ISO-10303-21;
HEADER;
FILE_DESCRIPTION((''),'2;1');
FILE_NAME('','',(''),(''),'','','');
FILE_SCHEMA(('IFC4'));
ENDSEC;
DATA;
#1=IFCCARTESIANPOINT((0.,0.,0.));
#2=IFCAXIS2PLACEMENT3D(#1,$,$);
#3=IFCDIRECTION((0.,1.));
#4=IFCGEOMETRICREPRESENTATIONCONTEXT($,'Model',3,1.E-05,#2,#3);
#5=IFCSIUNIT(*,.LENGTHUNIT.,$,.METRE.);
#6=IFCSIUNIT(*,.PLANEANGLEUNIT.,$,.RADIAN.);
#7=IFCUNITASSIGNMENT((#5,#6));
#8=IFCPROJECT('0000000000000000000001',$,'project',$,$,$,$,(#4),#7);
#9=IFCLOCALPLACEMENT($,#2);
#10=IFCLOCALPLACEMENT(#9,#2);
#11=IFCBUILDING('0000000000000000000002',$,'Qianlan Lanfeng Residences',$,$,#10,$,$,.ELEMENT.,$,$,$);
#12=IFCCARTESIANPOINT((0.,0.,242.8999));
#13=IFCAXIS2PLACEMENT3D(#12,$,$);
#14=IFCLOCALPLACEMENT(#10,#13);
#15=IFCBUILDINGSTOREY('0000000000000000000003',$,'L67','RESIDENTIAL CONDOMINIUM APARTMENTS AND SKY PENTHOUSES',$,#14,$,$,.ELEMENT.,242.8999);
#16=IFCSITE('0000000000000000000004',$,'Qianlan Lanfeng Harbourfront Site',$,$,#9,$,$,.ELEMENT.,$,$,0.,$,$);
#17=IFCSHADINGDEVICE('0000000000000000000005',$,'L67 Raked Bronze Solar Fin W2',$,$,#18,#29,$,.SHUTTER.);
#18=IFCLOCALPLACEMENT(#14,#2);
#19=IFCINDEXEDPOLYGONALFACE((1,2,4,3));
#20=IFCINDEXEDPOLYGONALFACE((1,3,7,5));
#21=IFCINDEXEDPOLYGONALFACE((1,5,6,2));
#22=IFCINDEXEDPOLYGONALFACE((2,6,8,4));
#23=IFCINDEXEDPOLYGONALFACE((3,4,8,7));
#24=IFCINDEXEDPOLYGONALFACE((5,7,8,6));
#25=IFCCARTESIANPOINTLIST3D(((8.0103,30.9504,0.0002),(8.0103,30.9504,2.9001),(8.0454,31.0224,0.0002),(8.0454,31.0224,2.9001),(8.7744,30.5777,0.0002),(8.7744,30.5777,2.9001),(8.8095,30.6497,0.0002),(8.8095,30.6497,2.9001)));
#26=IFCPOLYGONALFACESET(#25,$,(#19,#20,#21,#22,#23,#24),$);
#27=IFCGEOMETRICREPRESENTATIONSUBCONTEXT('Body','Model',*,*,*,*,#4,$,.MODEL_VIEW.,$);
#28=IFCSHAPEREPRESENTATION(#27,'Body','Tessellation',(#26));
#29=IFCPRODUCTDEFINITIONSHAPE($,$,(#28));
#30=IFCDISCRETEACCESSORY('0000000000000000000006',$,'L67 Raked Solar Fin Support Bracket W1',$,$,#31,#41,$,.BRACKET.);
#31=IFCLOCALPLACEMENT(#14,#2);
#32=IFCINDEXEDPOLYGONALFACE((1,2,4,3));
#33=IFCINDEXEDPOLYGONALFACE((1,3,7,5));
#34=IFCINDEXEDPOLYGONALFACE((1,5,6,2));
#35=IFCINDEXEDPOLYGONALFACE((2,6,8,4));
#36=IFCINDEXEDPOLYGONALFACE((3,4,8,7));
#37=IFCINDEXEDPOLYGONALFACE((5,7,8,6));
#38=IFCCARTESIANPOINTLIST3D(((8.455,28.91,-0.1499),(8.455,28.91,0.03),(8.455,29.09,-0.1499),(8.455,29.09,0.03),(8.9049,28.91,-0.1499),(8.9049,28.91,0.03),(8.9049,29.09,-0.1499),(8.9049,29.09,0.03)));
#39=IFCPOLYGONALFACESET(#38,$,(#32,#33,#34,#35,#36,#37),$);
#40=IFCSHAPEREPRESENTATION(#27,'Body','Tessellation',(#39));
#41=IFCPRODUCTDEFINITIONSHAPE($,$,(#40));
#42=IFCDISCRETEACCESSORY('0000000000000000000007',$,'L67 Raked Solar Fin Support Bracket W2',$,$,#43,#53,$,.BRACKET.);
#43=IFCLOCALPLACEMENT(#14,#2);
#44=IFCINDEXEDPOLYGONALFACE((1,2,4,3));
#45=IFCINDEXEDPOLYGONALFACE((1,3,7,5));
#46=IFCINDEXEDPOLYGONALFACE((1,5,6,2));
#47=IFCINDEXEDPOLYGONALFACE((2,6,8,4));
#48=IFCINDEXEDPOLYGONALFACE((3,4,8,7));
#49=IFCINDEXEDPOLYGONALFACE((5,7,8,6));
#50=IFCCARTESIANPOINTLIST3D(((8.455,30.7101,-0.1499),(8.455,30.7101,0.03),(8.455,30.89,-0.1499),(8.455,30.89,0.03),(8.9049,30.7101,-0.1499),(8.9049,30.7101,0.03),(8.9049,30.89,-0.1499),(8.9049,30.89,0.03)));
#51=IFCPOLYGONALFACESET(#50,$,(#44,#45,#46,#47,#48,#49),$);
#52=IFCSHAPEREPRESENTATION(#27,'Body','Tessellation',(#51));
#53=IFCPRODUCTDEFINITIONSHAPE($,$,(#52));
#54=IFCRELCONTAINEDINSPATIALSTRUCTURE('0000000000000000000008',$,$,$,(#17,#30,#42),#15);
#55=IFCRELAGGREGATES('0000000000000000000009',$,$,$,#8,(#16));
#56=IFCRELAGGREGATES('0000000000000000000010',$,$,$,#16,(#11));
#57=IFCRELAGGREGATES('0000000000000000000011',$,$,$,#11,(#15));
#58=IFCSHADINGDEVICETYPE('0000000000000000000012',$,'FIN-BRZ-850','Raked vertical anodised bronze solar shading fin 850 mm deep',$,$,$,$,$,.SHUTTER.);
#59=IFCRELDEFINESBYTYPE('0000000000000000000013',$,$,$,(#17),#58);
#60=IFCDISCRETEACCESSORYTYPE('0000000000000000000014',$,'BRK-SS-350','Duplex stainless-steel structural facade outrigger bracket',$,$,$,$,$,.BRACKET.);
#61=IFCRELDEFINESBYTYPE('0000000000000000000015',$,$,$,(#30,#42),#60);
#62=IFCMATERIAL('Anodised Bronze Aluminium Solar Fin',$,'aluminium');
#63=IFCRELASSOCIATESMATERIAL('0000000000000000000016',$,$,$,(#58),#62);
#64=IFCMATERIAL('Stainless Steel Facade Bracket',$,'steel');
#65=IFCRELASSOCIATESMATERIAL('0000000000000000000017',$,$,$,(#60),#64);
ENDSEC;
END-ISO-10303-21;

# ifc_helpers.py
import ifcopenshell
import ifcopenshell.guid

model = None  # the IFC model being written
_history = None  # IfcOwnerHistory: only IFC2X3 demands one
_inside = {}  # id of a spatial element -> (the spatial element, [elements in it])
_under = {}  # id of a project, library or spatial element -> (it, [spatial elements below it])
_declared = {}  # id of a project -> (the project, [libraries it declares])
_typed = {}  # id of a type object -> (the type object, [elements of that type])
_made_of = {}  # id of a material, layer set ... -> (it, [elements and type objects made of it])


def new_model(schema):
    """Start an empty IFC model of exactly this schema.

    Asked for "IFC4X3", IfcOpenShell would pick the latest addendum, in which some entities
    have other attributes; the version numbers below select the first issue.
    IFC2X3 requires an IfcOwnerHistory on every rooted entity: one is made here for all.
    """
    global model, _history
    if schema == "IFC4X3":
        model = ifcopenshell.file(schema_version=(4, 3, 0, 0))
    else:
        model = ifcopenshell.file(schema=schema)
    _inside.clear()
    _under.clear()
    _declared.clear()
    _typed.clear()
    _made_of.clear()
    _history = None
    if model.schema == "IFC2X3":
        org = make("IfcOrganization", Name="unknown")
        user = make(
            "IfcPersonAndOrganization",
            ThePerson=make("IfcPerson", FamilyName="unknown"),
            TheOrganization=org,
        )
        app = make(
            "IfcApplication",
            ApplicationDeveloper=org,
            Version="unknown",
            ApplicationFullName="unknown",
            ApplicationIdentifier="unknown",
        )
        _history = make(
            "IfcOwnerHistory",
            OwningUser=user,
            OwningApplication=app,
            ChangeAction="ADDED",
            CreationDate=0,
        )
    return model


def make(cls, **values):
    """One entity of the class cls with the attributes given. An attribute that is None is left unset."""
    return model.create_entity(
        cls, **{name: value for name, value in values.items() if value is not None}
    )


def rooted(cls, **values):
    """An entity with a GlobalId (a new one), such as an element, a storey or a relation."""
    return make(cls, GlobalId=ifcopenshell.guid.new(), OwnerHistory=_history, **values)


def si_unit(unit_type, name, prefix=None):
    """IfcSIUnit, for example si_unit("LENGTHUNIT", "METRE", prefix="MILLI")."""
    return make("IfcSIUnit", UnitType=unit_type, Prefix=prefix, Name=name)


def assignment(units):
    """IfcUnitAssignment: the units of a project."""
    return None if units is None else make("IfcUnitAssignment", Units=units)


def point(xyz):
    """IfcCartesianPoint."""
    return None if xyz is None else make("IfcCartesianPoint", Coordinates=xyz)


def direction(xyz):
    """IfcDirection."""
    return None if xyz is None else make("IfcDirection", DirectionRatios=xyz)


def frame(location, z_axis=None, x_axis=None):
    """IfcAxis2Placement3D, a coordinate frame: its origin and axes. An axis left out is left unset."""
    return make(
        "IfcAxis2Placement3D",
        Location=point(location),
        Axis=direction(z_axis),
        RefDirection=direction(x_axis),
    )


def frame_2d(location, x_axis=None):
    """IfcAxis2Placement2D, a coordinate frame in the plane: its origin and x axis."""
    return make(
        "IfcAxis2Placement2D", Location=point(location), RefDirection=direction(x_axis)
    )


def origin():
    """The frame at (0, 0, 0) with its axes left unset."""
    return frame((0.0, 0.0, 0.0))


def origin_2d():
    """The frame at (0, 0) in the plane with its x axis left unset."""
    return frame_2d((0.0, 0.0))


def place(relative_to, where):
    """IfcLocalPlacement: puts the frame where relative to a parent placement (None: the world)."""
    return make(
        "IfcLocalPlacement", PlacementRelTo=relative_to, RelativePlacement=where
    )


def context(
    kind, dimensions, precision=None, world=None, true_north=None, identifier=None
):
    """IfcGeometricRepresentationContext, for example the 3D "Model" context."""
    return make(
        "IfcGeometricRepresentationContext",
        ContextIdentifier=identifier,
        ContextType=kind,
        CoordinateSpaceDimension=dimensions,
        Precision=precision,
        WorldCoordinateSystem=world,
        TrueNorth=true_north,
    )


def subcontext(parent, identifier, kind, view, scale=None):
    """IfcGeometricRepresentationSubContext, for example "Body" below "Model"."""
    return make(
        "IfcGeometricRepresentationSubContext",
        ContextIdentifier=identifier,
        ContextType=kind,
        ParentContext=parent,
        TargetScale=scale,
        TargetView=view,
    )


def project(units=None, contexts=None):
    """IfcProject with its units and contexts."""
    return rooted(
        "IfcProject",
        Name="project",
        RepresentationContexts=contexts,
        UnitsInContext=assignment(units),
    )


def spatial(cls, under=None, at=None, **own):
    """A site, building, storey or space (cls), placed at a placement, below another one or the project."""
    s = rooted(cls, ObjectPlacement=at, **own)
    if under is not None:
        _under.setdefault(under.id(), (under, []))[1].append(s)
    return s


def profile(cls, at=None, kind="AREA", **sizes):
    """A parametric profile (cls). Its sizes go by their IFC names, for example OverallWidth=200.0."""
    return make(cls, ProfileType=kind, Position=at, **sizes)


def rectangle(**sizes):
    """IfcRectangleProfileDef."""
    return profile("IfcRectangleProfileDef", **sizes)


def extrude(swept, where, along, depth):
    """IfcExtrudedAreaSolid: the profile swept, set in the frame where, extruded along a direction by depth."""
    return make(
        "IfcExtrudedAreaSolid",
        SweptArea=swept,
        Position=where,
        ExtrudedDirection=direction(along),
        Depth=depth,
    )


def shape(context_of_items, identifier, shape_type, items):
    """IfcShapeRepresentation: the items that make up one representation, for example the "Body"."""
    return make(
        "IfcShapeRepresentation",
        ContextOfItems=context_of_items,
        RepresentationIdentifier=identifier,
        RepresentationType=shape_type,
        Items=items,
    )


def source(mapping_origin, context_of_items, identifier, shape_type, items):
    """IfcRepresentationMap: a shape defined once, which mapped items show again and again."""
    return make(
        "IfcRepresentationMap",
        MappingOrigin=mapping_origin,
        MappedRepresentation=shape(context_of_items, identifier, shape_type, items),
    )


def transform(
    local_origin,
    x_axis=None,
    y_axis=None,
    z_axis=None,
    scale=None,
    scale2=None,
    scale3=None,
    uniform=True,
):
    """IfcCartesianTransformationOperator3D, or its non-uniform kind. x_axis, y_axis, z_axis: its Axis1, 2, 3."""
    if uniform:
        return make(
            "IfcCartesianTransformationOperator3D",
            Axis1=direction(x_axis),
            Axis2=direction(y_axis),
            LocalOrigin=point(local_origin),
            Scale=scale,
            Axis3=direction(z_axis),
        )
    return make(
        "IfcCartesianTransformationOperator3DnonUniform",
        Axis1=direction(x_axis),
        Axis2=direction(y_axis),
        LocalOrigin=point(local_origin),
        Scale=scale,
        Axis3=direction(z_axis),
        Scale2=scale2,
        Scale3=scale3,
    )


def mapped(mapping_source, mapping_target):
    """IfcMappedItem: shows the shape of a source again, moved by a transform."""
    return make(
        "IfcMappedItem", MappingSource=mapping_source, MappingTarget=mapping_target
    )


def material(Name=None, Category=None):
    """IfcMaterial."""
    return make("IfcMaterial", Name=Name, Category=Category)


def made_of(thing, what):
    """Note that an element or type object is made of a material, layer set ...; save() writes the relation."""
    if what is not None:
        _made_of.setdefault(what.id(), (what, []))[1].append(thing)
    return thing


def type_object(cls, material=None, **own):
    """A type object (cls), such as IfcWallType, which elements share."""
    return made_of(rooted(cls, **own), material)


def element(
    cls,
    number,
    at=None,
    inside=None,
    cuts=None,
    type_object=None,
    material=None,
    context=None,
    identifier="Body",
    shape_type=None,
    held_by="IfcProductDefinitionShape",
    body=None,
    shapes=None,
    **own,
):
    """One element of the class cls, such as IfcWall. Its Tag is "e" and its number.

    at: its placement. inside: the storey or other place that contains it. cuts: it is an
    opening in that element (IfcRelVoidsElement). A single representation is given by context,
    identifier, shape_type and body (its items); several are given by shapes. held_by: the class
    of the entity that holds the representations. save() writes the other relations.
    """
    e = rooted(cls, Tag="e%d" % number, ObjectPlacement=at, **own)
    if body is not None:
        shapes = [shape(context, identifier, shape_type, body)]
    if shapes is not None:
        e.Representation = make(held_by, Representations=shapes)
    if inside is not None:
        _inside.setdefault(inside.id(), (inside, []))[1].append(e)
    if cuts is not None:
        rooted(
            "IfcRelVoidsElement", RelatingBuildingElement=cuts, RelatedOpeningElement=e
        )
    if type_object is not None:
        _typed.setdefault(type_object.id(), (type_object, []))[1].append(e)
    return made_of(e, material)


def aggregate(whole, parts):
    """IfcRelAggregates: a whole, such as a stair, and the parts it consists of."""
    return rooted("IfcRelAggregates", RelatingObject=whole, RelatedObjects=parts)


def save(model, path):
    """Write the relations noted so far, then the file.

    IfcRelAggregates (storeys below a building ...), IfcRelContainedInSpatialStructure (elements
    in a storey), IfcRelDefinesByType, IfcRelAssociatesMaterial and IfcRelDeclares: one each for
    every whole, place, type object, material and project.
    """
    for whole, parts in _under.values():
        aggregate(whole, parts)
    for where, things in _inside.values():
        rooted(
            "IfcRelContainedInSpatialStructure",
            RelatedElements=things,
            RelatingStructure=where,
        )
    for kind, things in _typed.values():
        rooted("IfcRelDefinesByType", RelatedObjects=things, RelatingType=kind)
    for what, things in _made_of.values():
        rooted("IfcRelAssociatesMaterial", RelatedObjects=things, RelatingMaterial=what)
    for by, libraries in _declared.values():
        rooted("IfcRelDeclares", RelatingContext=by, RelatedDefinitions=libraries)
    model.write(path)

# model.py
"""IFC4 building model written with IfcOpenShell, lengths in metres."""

from ifc_helpers import new_model, si_unit, direction, frame, origin, origin_2d, place, context, subcontext, project, spatial, rectangle, extrude, source, transform, mapped, material, type_object, element, save


model = new_model("IFC4")

# Units and contexts
model_context = context("Model", 3, precision=1e-05, world=origin(), true_north=direction((0.0, 1.0)))
body_context = subcontext(model_context, "Body", "Model", "MODEL_VIEW")
ifc_project = project(units=[si_unit("LENGTHUNIT", "METRE"), si_unit("PLANEANGLEUNIT", "RADIAN")], contexts=[model_context])

# Site, building, storey
site_placement = place(None, origin())
site = spatial("IfcSite", under=ifc_project, at=site_placement, Name="Qianlan Lanfeng Harbourfront Site", CompositionType="ELEMENT", RefElevation=0.0)
building_placement = place(site_placement, origin())
building = spatial("IfcBuilding", under=site, at=building_placement, Name="Qianlan Lanfeng Residences", CompositionType="ELEMENT")
storey_placement = place(building_placement, frame((0.0, 0.0, 242.8999)))
storey = spatial("IfcBuildingStorey", under=building, at=storey_placement, Name="L67", Description="RESIDENTIAL CONDOMINIUM APARTMENTS AND SKY PENTHOUSES", CompositionType="ELEMENT", Elevation=242.8999)

# Shading device
ifc_material_1 = material(Name="Anodised Bronze Aluminium Solar Fin", Category="aluminium")
shading_device_type = type_object("IfcShadingDeviceType", Name="FIN-BRZ-850", Description="Raked vertical anodised bronze solar shading fin 850 mm deep", PredefinedType="SHUTTER", material=ifc_material_1)
shared_shape_1 = source(origin(), body_context, "Body", "SweptSolid", [
    extrude(rectangle(XDim=0.8501, YDim=0.0801, at=origin_2d()), origin(), (0.0, 0.0, 1.0), 2.8999),
])
for number, where, z_axis, x_axis, name in (
    (1, (8.4099, 30.8, 0.0002), (0.0, 0.0, 1.0), (0.898794, -0.438371, 0.0), "L67 Raked Bronze Solar Fin W2"),
):
    element("IfcShadingDevice", number, at=place(storey_placement, frame(where, z_axis=z_axis, x_axis=x_axis)), inside=storey, type_object=shading_device_type, Name=name, PredefinedType="SHUTTER", context=body_context, shape_type="MappedRepresentation", body=[
        mapped(shared_shape_1, transform((0.0, 0.0, 0.0), scale=1.0)),
    ])

# Discrete accessories
ifc_material_2 = material(Name="Stainless Steel Facade Bracket", Category="steel")
discrete_accessory_type = type_object("IfcDiscreteAccessoryType", Name="BRK-SS-350", Description="Duplex stainless-steel structural facade outrigger bracket", PredefinedType="BRACKET", material=ifc_material_2)
shared_shape_2 = source(origin(), body_context, "Body", "SweptSolid", [
    extrude(rectangle(XDim=0.45, YDim=0.1799, at=origin_2d()), origin(), (0.0, 0.0, 1.0), 0.1799),
])
for number, where, z_axis, x_axis, name in (
    (2, (8.6799, 29.0, -0.1499), (0.0, 0.0, 1.0), (1.0, 0.0, 0.0), "L67 Raked Solar Fin Support Bracket W1"),
    (3, (8.6799, 30.8, -0.1499), (0.0, 0.0, 1.0), (1.0, 0.0, 0.0), "L67 Raked Solar Fin Support Bracket W2"),
):
    element("IfcDiscreteAccessory", number, at=place(storey_placement, frame(where, z_axis=z_axis, x_axis=x_axis)), inside=storey, type_object=discrete_accessory_type, Name=name, PredefinedType="BRACKET", context=body_context, shape_type="MappedRepresentation", body=[
        mapped(shared_shape_2, transform((0.0, 0.0, 0.0), scale=1.0)),
    ])

save(model, "model.ifc")
